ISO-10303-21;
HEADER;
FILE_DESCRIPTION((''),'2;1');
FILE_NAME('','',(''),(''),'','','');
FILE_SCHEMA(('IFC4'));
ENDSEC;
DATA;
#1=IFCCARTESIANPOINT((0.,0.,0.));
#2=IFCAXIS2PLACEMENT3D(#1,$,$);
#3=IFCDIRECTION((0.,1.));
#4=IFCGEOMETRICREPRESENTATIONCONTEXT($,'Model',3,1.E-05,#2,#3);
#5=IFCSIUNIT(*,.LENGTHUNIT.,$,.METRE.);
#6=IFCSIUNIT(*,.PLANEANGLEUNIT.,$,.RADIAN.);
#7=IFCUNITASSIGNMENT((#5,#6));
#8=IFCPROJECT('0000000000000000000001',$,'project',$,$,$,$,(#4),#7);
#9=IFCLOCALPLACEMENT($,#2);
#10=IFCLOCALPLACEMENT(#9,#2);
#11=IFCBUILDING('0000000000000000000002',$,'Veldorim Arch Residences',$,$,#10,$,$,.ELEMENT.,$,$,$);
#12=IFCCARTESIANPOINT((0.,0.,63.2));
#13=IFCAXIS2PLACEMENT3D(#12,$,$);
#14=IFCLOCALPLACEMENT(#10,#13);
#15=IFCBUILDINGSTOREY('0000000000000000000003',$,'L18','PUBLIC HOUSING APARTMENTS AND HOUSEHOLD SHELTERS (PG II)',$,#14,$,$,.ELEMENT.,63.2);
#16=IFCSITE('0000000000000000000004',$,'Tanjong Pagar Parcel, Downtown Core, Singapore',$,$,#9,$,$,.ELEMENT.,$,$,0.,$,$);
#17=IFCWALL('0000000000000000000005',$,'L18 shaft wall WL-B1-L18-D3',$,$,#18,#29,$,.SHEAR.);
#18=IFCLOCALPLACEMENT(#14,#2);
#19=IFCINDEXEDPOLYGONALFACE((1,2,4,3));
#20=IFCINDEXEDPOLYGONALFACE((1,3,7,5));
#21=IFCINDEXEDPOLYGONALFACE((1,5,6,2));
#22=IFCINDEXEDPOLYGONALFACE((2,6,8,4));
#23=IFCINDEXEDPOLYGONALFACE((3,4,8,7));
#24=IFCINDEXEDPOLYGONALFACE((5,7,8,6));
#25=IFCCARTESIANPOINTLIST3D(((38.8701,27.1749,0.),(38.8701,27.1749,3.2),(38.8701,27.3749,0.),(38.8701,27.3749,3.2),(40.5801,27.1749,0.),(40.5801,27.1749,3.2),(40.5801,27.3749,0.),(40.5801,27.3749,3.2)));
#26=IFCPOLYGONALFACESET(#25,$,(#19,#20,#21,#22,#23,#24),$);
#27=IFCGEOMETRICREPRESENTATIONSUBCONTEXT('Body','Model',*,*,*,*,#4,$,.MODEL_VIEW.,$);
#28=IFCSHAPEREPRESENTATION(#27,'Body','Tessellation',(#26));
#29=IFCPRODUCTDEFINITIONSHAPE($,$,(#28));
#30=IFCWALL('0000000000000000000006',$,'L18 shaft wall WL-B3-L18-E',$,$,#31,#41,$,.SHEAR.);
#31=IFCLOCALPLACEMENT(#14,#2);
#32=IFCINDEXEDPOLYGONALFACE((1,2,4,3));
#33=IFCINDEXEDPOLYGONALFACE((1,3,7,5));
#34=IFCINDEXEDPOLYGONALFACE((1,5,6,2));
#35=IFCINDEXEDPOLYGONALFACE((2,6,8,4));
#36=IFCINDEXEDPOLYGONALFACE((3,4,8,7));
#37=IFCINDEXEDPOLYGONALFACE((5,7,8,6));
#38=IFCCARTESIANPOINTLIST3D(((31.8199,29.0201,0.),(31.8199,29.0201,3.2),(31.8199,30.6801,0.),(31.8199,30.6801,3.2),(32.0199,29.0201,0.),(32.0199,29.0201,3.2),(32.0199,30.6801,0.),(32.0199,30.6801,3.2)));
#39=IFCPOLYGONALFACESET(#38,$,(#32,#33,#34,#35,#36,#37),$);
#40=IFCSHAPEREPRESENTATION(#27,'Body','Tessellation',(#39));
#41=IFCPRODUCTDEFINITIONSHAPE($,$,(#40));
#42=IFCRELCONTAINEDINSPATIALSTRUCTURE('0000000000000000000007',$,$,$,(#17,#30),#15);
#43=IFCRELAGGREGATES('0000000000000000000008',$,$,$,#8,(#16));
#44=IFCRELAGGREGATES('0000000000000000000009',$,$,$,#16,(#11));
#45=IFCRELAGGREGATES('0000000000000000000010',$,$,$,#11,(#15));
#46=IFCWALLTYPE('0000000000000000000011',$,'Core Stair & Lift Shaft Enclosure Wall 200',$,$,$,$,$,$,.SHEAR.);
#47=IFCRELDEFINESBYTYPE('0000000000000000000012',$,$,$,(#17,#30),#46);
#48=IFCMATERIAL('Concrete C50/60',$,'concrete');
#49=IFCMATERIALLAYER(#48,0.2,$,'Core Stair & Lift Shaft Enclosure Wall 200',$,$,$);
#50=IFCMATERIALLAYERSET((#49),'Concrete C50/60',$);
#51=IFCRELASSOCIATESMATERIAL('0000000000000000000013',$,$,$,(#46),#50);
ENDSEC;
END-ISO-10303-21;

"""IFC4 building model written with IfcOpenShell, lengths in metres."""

from ifc_helpers import new_model, si_unit, direction, frame, frame_2d, origin, place, context, subcontext, project, spatial, rectangle, extrude, material, layer, layer_set, type_object, element, save


model = new_model("IFC4")

# Units and contexts
model_context = context("Model", 3, precision=1e-05, world=origin(), true_north=direction((0.0, 1.0)))
body_context = subcontext(model_context, "Body", "Model", "MODEL_VIEW")
ifc_project = project(units=[si_unit("LENGTHUNIT", "METRE"), si_unit("PLANEANGLEUNIT", "RADIAN")], contexts=[model_context])

# Site, building, storey
site_placement = place(None, origin())
site = spatial("IfcSite", under=ifc_project, at=site_placement, Name="Tanjong Pagar Parcel, Downtown Core, Singapore", CompositionType="ELEMENT", RefElevation=0.0)
building_placement = place(site_placement, origin())
building = spatial("IfcBuilding", under=site, at=building_placement, Name="Veldorim Arch Residences", CompositionType="ELEMENT")
storey_placement = place(building_placement, frame((0.0, 0.0, 63.2)))
storey = spatial("IfcBuildingStorey", under=building, at=storey_placement, Name="L18", Description="PUBLIC HOUSING APARTMENTS AND HOUSEHOLD SHELTERS (PG II)", CompositionType="ELEMENT", Elevation=63.2)

# Shared definitions
ifc_material_1 = material(Name="Concrete C50/60", Category="concrete")
ifc_layer_1 = layer(ifc_material_1, 0.2, Name="Core Stair & Lift Shaft Enclosure Wall 200")
ifc_layer_set_1 = layer_set([ifc_layer_1], Name="Concrete C50/60")
wall_type_1 = type_object("IfcWallType", Name="Core Stair & Lift Shaft Enclosure Wall 200", PredefinedType="SHEAR", material=ifc_layer_set_1)

# Walls
for number, where, z_axis, x_axis, name in (
    (1, (38.8701, 27.2749, 0.0), (0.0, 0.0, 1.0), (1.0, 0.0, 0.0), "L18 shaft wall WL-B1-L18-D3"),
):
    element("IfcWall", number, at=place(storey_placement, frame(where, z_axis=z_axis, x_axis=x_axis)), inside=storey, type_object=wall_type_1, Name=name, PredefinedType="SHEAR", context=body_context, shape_type="SweptSolid", body=[
        extrude(rectangle(XDim=1.71, YDim=0.2, at=frame_2d((0.855, 0.0))), origin(), (0.0, 0.0, 1.0), 3.2),
    ])
wall_1_placement = place(storey_placement, frame((31.9199, 29.02, 0.0), z_axis=(0.0, 0.0, 1.0), x_axis=(0.0, 1.0, 0.0)))
element("IfcWall", 2, at=wall_1_placement, inside=storey, type_object=wall_type_1, Name="L18 shaft wall WL-B3-L18-E", PredefinedType="SHEAR", context=body_context, shape_type="SweptSolid", body=[
    extrude(rectangle(XDim=1.6599, YDim=0.2, at=frame_2d((0.8301, 0.0))), origin(), (0.0, 0.0, 1.0), 3.2),
])

save(model, "model.ifc")
